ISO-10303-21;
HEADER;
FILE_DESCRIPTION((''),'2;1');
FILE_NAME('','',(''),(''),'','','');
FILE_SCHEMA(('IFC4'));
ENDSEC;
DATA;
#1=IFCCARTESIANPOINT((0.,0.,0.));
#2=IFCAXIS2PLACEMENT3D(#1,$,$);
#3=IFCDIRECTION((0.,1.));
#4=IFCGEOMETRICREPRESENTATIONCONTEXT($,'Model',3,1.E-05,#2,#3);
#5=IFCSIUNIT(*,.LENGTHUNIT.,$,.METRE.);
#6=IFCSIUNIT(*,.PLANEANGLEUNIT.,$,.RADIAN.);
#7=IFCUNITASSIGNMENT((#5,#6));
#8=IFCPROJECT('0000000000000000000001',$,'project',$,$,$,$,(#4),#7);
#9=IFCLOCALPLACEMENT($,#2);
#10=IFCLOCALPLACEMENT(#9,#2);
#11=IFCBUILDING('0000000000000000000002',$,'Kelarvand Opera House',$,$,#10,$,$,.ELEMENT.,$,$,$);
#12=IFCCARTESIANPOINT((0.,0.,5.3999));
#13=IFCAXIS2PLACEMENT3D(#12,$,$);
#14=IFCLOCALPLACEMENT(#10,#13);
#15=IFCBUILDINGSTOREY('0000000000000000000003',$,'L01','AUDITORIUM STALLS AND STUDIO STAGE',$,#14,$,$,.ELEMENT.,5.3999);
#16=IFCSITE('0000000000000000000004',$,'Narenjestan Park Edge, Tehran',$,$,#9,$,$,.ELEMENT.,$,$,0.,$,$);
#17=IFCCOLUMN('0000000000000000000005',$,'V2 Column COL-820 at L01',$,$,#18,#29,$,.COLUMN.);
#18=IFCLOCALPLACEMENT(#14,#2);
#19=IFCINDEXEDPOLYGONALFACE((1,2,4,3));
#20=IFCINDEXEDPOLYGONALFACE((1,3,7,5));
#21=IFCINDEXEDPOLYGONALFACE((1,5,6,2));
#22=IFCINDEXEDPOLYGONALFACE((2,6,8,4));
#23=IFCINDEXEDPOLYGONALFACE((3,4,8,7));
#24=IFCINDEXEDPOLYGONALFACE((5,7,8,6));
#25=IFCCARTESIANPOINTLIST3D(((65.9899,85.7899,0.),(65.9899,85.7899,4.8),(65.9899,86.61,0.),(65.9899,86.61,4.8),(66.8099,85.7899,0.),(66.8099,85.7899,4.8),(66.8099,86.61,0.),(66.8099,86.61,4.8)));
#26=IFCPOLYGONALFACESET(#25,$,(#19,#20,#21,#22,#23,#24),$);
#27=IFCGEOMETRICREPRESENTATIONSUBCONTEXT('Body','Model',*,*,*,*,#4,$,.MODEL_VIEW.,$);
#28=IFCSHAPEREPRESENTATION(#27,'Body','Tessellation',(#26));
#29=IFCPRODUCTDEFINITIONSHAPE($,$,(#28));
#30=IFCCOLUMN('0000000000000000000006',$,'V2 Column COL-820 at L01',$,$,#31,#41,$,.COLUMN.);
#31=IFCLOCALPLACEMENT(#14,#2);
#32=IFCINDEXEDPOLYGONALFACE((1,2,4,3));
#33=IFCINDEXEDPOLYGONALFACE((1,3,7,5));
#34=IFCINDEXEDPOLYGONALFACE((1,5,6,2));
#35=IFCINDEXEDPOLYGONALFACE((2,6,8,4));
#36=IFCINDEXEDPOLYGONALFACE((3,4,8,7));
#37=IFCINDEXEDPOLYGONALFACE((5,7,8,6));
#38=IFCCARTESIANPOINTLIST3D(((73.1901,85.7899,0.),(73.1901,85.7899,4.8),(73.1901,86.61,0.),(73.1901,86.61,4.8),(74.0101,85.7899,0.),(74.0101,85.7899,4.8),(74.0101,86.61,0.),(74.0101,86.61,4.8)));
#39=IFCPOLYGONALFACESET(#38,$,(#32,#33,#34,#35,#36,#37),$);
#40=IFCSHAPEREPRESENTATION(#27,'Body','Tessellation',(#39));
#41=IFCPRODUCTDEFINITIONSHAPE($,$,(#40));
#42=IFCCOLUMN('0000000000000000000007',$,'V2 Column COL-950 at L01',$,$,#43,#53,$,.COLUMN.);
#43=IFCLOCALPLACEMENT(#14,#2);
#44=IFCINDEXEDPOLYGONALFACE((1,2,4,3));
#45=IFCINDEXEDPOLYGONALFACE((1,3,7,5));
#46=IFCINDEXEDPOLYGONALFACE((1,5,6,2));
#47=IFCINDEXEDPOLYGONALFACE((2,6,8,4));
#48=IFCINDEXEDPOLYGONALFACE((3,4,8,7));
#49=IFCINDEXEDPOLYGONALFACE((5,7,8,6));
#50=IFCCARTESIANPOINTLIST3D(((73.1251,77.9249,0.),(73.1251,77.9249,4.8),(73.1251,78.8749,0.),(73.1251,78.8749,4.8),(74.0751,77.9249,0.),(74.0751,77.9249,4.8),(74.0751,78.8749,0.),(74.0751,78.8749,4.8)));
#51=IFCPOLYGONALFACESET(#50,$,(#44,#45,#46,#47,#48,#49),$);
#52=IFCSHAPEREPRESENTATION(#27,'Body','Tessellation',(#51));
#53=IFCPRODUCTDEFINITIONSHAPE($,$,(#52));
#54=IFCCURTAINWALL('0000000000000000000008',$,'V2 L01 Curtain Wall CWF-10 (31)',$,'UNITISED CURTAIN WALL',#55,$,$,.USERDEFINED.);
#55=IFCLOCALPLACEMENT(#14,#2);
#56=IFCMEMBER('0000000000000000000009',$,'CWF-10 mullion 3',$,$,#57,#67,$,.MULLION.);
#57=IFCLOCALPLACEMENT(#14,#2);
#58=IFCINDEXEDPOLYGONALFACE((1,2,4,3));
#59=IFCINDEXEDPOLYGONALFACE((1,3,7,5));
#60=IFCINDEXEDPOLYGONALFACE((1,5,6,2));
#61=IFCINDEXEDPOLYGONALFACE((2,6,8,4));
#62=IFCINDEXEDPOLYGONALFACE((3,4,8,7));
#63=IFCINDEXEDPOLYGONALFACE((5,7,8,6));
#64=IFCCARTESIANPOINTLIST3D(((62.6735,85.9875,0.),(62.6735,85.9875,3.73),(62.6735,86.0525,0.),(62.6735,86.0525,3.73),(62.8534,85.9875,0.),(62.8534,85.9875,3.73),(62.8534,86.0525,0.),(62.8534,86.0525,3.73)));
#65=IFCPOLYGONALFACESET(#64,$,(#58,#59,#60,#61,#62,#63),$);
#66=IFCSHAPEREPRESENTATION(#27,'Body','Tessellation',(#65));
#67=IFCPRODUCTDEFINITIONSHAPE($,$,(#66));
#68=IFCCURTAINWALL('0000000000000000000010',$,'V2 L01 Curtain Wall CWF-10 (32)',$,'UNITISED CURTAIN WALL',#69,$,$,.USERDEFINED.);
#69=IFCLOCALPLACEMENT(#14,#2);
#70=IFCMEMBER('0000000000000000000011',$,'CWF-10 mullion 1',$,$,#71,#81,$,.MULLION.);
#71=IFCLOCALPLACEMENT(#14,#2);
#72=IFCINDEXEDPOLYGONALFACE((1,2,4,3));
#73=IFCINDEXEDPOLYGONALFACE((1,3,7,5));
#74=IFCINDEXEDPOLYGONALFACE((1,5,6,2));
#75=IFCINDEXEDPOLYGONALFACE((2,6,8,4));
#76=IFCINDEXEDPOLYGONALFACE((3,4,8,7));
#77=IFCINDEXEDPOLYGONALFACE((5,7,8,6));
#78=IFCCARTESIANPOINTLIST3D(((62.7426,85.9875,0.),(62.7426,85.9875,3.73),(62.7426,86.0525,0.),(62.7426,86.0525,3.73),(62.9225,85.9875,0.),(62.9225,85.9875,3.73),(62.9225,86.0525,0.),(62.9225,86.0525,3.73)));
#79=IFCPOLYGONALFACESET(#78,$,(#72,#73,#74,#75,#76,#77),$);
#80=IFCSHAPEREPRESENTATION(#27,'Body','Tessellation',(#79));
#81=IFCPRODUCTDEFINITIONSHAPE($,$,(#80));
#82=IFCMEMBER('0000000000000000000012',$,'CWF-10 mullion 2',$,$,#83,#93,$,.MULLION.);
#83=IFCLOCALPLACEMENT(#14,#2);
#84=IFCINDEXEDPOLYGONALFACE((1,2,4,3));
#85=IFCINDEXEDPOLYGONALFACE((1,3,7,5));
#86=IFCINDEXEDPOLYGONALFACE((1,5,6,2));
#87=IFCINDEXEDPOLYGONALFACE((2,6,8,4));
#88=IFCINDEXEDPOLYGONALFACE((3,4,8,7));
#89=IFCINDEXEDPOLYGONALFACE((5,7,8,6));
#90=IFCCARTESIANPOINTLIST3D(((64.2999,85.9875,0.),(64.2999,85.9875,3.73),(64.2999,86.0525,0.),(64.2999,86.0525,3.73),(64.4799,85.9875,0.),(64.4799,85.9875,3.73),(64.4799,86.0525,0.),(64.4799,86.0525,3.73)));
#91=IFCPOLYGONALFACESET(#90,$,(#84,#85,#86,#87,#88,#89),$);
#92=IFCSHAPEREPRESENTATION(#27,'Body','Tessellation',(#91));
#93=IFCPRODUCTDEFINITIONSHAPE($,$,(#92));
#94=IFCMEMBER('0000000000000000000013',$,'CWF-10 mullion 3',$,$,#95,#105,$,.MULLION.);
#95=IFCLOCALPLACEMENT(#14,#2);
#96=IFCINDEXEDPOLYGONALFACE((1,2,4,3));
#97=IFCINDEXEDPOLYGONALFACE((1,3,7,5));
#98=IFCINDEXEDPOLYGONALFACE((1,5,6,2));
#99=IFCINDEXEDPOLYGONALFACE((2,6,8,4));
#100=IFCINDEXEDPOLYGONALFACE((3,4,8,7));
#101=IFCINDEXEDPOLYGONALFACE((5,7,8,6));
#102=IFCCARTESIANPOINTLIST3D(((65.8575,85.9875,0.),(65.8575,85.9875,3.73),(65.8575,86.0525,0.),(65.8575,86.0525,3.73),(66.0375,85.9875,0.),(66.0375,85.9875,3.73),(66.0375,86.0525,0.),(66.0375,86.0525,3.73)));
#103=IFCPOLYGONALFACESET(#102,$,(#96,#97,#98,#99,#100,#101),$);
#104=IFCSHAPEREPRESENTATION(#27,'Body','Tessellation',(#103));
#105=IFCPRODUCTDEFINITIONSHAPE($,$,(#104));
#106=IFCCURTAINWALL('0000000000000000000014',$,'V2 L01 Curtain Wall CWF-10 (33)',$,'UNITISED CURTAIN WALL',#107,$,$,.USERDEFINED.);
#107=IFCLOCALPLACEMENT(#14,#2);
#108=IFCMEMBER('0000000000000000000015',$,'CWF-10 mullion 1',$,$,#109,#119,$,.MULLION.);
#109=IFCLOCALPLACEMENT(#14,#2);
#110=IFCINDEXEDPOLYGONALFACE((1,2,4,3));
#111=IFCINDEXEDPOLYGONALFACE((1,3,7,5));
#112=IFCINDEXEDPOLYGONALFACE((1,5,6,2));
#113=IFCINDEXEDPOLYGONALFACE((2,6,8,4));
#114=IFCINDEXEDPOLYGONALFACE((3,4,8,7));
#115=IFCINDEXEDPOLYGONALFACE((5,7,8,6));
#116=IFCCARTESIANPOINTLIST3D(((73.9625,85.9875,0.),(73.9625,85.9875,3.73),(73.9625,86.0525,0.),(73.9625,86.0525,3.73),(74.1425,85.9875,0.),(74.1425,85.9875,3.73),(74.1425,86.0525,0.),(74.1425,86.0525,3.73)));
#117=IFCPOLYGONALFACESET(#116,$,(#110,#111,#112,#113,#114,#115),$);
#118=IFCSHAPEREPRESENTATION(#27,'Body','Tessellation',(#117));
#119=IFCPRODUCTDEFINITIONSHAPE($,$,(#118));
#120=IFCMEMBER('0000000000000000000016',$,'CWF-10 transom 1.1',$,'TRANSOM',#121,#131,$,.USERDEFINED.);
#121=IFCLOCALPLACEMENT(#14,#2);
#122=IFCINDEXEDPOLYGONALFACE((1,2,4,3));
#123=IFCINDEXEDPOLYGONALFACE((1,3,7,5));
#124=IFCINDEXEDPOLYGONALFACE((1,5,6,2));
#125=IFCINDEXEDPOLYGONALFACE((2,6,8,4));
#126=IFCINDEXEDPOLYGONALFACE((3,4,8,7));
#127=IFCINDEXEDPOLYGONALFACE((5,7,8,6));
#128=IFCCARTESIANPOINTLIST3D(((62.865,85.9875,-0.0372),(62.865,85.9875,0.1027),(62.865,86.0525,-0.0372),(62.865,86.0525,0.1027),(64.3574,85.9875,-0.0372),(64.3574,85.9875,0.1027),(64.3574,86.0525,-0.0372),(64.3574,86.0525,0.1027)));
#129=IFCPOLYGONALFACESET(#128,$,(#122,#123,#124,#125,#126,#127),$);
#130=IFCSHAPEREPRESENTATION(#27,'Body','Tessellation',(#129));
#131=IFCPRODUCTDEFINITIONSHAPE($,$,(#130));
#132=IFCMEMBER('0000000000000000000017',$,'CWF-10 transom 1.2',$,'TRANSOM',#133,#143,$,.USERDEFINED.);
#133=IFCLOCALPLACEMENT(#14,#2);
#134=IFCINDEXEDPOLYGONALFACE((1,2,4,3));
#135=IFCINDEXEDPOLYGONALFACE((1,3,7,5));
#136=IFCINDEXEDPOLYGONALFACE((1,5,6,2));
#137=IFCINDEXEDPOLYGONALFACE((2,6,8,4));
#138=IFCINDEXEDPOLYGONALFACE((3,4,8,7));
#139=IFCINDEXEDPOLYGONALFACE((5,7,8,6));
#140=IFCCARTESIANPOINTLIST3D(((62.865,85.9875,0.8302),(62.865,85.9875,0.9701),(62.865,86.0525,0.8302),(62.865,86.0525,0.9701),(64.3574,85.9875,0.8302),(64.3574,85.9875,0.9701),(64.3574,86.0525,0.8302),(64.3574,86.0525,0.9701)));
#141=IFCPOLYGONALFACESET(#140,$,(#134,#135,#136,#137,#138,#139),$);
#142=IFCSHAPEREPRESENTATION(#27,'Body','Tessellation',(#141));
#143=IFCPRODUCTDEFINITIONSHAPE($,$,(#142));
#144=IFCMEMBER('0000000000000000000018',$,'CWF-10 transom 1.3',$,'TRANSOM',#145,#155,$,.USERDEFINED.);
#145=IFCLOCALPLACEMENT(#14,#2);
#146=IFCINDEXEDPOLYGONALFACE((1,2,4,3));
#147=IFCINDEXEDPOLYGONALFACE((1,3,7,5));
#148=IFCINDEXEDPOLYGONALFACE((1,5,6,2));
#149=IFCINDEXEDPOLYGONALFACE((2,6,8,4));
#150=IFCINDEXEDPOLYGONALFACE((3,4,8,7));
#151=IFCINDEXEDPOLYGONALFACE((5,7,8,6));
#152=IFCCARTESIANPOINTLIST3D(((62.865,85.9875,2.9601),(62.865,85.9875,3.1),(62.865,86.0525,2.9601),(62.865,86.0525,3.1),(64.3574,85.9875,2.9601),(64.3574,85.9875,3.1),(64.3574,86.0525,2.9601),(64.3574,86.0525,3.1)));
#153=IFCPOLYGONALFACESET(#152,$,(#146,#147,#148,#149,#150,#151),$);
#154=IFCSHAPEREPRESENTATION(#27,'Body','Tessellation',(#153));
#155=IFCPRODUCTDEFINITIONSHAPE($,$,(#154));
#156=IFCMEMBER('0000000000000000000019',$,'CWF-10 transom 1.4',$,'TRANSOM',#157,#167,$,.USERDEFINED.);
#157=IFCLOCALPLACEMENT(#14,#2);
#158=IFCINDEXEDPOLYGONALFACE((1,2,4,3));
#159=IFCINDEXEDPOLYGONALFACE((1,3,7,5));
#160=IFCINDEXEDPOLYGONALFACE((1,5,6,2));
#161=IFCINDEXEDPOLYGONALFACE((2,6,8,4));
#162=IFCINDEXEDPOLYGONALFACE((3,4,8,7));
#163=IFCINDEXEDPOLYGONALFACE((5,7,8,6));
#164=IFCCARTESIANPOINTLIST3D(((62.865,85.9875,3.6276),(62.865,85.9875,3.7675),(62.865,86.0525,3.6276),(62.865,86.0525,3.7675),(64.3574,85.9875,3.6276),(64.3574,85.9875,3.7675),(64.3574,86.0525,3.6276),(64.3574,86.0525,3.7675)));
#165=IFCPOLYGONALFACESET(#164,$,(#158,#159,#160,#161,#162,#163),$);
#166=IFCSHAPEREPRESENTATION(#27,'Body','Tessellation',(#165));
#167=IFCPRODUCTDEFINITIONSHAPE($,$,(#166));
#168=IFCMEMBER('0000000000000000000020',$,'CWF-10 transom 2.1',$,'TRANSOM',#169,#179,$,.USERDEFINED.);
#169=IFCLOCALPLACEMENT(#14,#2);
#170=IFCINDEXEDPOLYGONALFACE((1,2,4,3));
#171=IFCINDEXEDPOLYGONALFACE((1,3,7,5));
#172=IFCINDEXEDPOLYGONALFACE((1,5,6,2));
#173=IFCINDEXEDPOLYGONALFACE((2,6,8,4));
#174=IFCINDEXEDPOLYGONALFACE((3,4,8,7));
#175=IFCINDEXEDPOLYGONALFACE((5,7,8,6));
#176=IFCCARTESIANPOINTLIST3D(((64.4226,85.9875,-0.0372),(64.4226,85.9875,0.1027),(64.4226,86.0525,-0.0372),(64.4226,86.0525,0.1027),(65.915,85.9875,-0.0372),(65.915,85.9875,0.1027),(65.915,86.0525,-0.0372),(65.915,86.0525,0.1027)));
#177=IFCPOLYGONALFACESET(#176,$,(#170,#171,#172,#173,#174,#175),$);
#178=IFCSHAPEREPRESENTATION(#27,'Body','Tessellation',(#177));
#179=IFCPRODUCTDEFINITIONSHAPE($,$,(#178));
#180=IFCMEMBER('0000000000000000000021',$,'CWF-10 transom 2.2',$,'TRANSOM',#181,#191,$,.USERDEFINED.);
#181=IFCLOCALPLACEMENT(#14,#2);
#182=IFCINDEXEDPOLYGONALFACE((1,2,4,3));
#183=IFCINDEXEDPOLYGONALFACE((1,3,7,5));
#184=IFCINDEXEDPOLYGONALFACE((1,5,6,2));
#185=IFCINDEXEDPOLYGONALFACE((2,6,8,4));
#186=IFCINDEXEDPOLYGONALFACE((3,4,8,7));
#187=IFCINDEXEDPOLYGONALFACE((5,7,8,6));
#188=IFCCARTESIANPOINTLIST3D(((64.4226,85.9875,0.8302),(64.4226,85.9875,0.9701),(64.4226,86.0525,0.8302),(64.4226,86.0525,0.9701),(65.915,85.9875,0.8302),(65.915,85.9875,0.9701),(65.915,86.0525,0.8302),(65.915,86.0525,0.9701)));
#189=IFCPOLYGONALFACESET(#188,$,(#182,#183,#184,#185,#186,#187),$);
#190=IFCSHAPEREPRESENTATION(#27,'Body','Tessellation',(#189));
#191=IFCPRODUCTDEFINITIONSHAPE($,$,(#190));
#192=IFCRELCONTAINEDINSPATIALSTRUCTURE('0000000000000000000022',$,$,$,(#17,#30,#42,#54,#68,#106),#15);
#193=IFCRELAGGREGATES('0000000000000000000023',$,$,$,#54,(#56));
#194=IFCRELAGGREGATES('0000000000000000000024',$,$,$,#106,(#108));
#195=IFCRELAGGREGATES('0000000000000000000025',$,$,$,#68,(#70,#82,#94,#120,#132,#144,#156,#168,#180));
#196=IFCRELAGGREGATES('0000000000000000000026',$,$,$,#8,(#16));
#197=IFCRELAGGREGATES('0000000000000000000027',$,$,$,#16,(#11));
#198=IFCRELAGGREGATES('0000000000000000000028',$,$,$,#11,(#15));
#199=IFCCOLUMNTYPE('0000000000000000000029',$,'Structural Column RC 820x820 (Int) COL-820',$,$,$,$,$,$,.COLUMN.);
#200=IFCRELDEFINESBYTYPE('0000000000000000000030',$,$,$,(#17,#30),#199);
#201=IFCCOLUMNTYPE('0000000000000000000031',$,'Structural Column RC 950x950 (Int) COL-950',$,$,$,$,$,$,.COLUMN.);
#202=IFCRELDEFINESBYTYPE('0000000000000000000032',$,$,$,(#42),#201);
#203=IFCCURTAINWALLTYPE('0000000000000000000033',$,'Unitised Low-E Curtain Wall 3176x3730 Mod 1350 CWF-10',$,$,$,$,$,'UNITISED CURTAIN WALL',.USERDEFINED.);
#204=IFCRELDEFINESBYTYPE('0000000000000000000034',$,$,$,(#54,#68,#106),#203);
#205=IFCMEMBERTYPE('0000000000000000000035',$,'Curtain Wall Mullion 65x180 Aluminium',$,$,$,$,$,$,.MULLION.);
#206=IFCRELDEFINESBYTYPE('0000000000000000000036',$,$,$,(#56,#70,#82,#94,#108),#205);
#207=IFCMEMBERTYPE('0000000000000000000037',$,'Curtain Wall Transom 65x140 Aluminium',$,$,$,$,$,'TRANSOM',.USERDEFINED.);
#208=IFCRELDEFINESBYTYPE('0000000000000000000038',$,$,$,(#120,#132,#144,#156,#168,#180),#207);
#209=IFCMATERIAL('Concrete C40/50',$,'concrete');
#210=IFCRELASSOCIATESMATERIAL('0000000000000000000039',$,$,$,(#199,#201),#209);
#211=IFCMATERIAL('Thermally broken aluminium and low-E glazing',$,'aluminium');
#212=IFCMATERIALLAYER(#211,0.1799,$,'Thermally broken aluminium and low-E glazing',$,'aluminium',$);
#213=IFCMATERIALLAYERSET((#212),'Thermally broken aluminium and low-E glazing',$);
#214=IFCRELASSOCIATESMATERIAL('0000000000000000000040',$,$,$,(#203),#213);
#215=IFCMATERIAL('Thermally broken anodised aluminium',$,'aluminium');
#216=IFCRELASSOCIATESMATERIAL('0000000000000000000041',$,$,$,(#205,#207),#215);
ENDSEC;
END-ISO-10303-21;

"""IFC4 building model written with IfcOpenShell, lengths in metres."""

from ifc_helpers import new_model, si_unit, direction, frame, origin, origin_2d, place, context, subcontext, project, spatial, rectangle, extrude, material, layer, layer_set, material_profile, profile_set, type_object, element, aggregate, save


model = new_model("IFC4")

# Units and contexts
model_context = context("Model", 3, precision=1e-05, world=origin(), true_north=direction((0.0, 1.0)))
body_context = subcontext(model_context, "Body", "Model", "MODEL_VIEW")
ifc_project = project(units=[si_unit("LENGTHUNIT", "METRE"), si_unit("PLANEANGLEUNIT", "RADIAN")], contexts=[model_context])

# Site, building, storey
site_placement = place(None, origin())
site = spatial("IfcSite", under=ifc_project, at=site_placement, Name="Narenjestan Park Edge, Tehran", CompositionType="ELEMENT", RefElevation=0.0)
building_placement = place(site_placement, origin())
building = spatial("IfcBuilding", under=site, at=building_placement, Name="Kelarvand Opera House", CompositionType="ELEMENT")
storey_placement = place(building_placement, frame((0.0, 0.0, 5.3999)))
storey = spatial("IfcBuildingStorey", under=building, at=storey_placement, Name="L01", Description="AUDITORIUM STALLS AND STUDIO STAGE", CompositionType="ELEMENT", Elevation=5.3999)

# Columns
ifc_material_1 = material(Name="Concrete C40/50", Category="concrete")
ifc_material_profile_1 = material_profile(ifc_material_1, rectangle(XDim=0.8201, YDim=0.8201, at=origin_2d()), Name="RC 820x820", Category="concrete")
ifc_profile_set_1 = profile_set([ifc_material_profile_1], Name="Concrete C40/50")
column_type_1 = type_object("IfcColumnType", Name="Structural Column RC 820x820 (Int) COL-820", PredefinedType="COLUMN", material=ifc_profile_set_1)
for number, where, z_axis, x_axis, name in (
    (1, (66.3999, 86.2, 0.0), (0.0, 0.0, 1.0), (1.0, 0.0, 0.0), "V2 Column COL-820 at L01"),
    (2, (73.6001, 86.2, 0.0), (0.0, 0.0, 1.0), (1.0, 0.0, 0.0), "V2 Column COL-820 at L01"),
):
    element("IfcColumn", number, at=place(storey_placement, frame(where, z_axis=z_axis, x_axis=x_axis)), inside=storey, type_object=column_type_1, Name=name, PredefinedType="COLUMN", context=body_context, shape_type="SweptSolid", body=[
        extrude(rectangle(XDim=0.8201, YDim=0.8201, at=origin_2d()), origin(), (0.0, 0.0, 1.0), 4.8),
    ])
ifc_material_profile_2 = material_profile(ifc_material_1, rectangle(XDim=0.95, YDim=0.95, at=origin_2d()), Name="RC 950x950", Category="concrete")
ifc_profile_set_2 = profile_set([ifc_material_profile_2], Name="Concrete C40/50")
column_type_2 = type_object("IfcColumnType", Name="Structural Column RC 950x950 (Int) COL-950", PredefinedType="COLUMN", material=ifc_profile_set_2)
column_placement = place(storey_placement, frame((73.6001, 78.3999, 0.0), z_axis=(0.0, 0.0, 1.0), x_axis=(1.0, 0.0, 0.0)))
element("IfcColumn", 3, at=column_placement, inside=storey, type_object=column_type_2, Name="V2 Column COL-950 at L01", PredefinedType="COLUMN", context=body_context, shape_type="SweptSolid", body=[
    extrude(rectangle(XDim=0.95, YDim=0.95, at=origin_2d()), origin(), (0.0, 0.0, 1.0), 4.8),
])

# Curtain wall, member
ifc_material_2 = material(Name="Thermally broken aluminium and low-E glazing", Category="aluminium")
ifc_layer_1 = layer(ifc_material_2, 0.1799, Name="Thermally broken aluminium and low-E glazing", Category="aluminium")
ifc_layer_set_1 = layer_set([ifc_layer_1], Name="Thermally broken aluminium and low-E glazing")
curtain_wall_type = type_object("IfcCurtainWallType", Name="Unitised Low-E Curtain Wall 3176x3730 Mod 1350 CWF-10", ElementType="UNITISED CURTAIN WALL", PredefinedType="USERDEFINED", material=ifc_layer_set_1)
curtain_wall_1_placement = place(storey_placement, origin())
curtain_wall_1 = element("IfcCurtainWall", 4, at=curtain_wall_1_placement, inside=storey, type_object=curtain_wall_type, Name="V2 L01 Curtain Wall CWF-10 (31)", ObjectType="UNITISED CURTAIN WALL", PredefinedType="USERDEFINED")
ifc_material_3 = material(Name="Thermally broken anodised aluminium", Category="aluminium")
ifc_material_profile_3 = material_profile(ifc_material_3, rectangle(XDim=0.0649, YDim=0.1799, at=origin_2d()), Name="ALU MULLION 65x180", Category="aluminium")
ifc_profile_set_3 = profile_set([ifc_material_profile_3], Name="Thermally broken anodised aluminium")
member_type_1 = type_object("IfcMemberType", Name="Curtain Wall Mullion 65x180 Aluminium", PredefinedType="MULLION", material=ifc_profile_set_3)
member_1_placement = place(storey_placement, frame((62.7634, 86.02, 0.0), z_axis=(0.0, 0.0, 1.0), x_axis=(0.0, 1.0, 0.0)))
member_1 = element("IfcMember", 5, at=member_1_placement, type_object=member_type_1, Name="CWF-10 mullion 3", PredefinedType="MULLION", context=body_context, shape_type="SweptSolid", body=[
    extrude(rectangle(XDim=0.0649, YDim=0.1799, at=origin_2d()), origin(), (0.0, 0.0, 1.0), 3.73),
])
aggregate(curtain_wall_1, [member_1])

# Curtain wall, members
curtain_wall_2_placement = place(storey_placement, origin())
curtain_wall_2 = element("IfcCurtainWall", 6, at=curtain_wall_2_placement, inside=storey, type_object=curtain_wall_type, Name="V2 L01 Curtain Wall CWF-10 (32)", ObjectType="UNITISED CURTAIN WALL", PredefinedType="USERDEFINED")
member_2_placement = place(storey_placement, frame((62.8325, 86.02, 0.0), z_axis=(0.0, 0.0, 1.0), x_axis=(0.0, 1.0, 0.0)))
member_2 = element("IfcMember", 7, at=member_2_placement, type_object=member_type_1, Name="CWF-10 mullion 1", PredefinedType="MULLION", context=body_context, shape_type="SweptSolid", body=[
    extrude(rectangle(XDim=0.0649, YDim=0.1799, at=origin_2d()), origin(), (0.0, 0.0, 1.0), 3.73),
])
member_3_placement = place(storey_placement, frame((64.3899, 86.02, 0.0), z_axis=(0.0, 0.0, 1.0), x_axis=(0.0, 1.0, 0.0)))
member_3 = element("IfcMember", 8, at=member_3_placement, type_object=member_type_1, Name="CWF-10 mullion 2", PredefinedType="MULLION", context=body_context, shape_type="SweptSolid", body=[
    extrude(rectangle(XDim=0.0649, YDim=0.1799, at=origin_2d()), origin(), (0.0, 0.0, 1.0), 3.73),
])
member_4_placement = place(storey_placement, frame((65.9475, 86.02, 0.0), z_axis=(0.0, 0.0, 1.0), x_axis=(0.0, 1.0, 0.0)))
member_4 = element("IfcMember", 9, at=member_4_placement, type_object=member_type_1, Name="CWF-10 mullion 3", PredefinedType="MULLION", context=body_context, shape_type="SweptSolid", body=[
    extrude(rectangle(XDim=0.0649, YDim=0.1799, at=origin_2d()), origin(), (0.0, 0.0, 1.0), 3.73),
])

# Curtain wall, member
curtain_wall_3_placement = place(storey_placement, origin())
curtain_wall_3 = element("IfcCurtainWall", 10, at=curtain_wall_3_placement, inside=storey, type_object=curtain_wall_type, Name="V2 L01 Curtain Wall CWF-10 (33)", ObjectType="UNITISED CURTAIN WALL", PredefinedType="USERDEFINED")
member_5_placement = place(storey_placement, frame((74.0525, 86.02, 0.0), z_axis=(0.0, 0.0, 1.0), x_axis=(0.0, 1.0, 0.0)))
member_5 = element("IfcMember", 11, at=member_5_placement, type_object=member_type_1, Name="CWF-10 mullion 1", PredefinedType="MULLION", context=body_context, shape_type="SweptSolid", body=[
    extrude(rectangle(XDim=0.0649, YDim=0.1799, at=origin_2d()), origin(), (0.0, 0.0, 1.0), 3.73),
])

# Members
ifc_material_profile_4 = material_profile(ifc_material_3, rectangle(XDim=0.0649, YDim=0.1399, at=origin_2d()), Name="ALU TRANSOM 65x140", Category="aluminium")
ifc_profile_set_4 = profile_set([ifc_material_profile_4], Name="Thermally broken anodised aluminium")
member_type_2 = type_object("IfcMemberType", Name="Curtain Wall Transom 65x140 Aluminium", ElementType="TRANSOM", PredefinedType="USERDEFINED", material=ifc_profile_set_4)
member_6_placement = place(storey_placement, frame((62.865, 86.02, 0.0327), z_axis=(1.0, 0.0, 0.0), x_axis=(0.0, 1.0, 0.0)))
member_6 = element("IfcMember", 12, at=member_6_placement, type_object=member_type_2, Name="CWF-10 transom 1.1", ObjectType="TRANSOM", PredefinedType="USERDEFINED", context=body_context, shape_type="SweptSolid", body=[
    extrude(rectangle(XDim=0.0649, YDim=0.1399, at=origin_2d()), origin(), (0.0, 0.0, 1.0), 1.4924),
])
member_7_placement = place(storey_placement, frame((62.865, 86.02, 0.9001), z_axis=(1.0, 0.0, 0.0), x_axis=(0.0, 1.0, 0.0)))
member_7 = element("IfcMember", 13, at=member_7_placement, type_object=member_type_2, Name="CWF-10 transom 1.2", ObjectType="TRANSOM", PredefinedType="USERDEFINED", context=body_context, shape_type="SweptSolid", body=[
    extrude(rectangle(XDim=0.0649, YDim=0.1399, at=origin_2d()), origin(), (0.0, 0.0, 1.0), 1.4924),
])
member_8_placement = place(storey_placement, frame((62.865, 86.02, 3.03), z_axis=(1.0, 0.0, 0.0), x_axis=(0.0, 1.0, 0.0)))
member_8 = element("IfcMember", 14, at=member_8_placement, type_object=member_type_2, Name="CWF-10 transom 1.3", ObjectType="TRANSOM", PredefinedType="USERDEFINED", context=body_context, shape_type="SweptSolid", body=[
    extrude(rectangle(XDim=0.0649, YDim=0.1399, at=origin_2d()), origin(), (0.0, 0.0, 1.0), 1.4924),
])
member_9_placement = place(storey_placement, frame((62.865, 86.02, 3.6975), z_axis=(1.0, 0.0, 0.0), x_axis=(0.0, 1.0, 0.0)))
member_9 = element("IfcMember", 15, at=member_9_placement, type_object=member_type_2, Name="CWF-10 transom 1.4", ObjectType="TRANSOM", PredefinedType="USERDEFINED", context=body_context, shape_type="SweptSolid", body=[
    extrude(rectangle(XDim=0.0649, YDim=0.1399, at=origin_2d()), origin(), (0.0, 0.0, 1.0), 1.4924),
])
member_10_placement = place(storey_placement, frame((64.4226, 86.02, 0.0327), z_axis=(1.0, 0.0, 0.0), x_axis=(0.0, 1.0, 0.0)))
member_10 = element("IfcMember", 16, at=member_10_placement, type_object=member_type_2, Name="CWF-10 transom 2.1", ObjectType="TRANSOM", PredefinedType="USERDEFINED", context=body_context, shape_type="SweptSolid", body=[
    extrude(rectangle(XDim=0.0649, YDim=0.1399, at=origin_2d()), origin(), (0.0, 0.0, 1.0), 1.4924),
])
member_11_placement = place(storey_placement, frame((64.4226, 86.02, 0.9001), z_axis=(1.0, 0.0, 0.0), x_axis=(0.0, 1.0, 0.0)))
member_11 = element("IfcMember", 17, at=member_11_placement, type_object=member_type_2, Name="CWF-10 transom 2.2", ObjectType="TRANSOM", PredefinedType="USERDEFINED", context=body_context, shape_type="SweptSolid", body=[
    extrude(rectangle(XDim=0.0649, YDim=0.1399, at=origin_2d()), origin(), (0.0, 0.0, 1.0), 1.4924),
])
aggregate(curtain_wall_3, [member_5])

aggregate(curtain_wall_2, [member_2, member_3, member_4, member_6, member_7, member_8, member_9, member_10, member_11])

save(model, "model.ifc")
